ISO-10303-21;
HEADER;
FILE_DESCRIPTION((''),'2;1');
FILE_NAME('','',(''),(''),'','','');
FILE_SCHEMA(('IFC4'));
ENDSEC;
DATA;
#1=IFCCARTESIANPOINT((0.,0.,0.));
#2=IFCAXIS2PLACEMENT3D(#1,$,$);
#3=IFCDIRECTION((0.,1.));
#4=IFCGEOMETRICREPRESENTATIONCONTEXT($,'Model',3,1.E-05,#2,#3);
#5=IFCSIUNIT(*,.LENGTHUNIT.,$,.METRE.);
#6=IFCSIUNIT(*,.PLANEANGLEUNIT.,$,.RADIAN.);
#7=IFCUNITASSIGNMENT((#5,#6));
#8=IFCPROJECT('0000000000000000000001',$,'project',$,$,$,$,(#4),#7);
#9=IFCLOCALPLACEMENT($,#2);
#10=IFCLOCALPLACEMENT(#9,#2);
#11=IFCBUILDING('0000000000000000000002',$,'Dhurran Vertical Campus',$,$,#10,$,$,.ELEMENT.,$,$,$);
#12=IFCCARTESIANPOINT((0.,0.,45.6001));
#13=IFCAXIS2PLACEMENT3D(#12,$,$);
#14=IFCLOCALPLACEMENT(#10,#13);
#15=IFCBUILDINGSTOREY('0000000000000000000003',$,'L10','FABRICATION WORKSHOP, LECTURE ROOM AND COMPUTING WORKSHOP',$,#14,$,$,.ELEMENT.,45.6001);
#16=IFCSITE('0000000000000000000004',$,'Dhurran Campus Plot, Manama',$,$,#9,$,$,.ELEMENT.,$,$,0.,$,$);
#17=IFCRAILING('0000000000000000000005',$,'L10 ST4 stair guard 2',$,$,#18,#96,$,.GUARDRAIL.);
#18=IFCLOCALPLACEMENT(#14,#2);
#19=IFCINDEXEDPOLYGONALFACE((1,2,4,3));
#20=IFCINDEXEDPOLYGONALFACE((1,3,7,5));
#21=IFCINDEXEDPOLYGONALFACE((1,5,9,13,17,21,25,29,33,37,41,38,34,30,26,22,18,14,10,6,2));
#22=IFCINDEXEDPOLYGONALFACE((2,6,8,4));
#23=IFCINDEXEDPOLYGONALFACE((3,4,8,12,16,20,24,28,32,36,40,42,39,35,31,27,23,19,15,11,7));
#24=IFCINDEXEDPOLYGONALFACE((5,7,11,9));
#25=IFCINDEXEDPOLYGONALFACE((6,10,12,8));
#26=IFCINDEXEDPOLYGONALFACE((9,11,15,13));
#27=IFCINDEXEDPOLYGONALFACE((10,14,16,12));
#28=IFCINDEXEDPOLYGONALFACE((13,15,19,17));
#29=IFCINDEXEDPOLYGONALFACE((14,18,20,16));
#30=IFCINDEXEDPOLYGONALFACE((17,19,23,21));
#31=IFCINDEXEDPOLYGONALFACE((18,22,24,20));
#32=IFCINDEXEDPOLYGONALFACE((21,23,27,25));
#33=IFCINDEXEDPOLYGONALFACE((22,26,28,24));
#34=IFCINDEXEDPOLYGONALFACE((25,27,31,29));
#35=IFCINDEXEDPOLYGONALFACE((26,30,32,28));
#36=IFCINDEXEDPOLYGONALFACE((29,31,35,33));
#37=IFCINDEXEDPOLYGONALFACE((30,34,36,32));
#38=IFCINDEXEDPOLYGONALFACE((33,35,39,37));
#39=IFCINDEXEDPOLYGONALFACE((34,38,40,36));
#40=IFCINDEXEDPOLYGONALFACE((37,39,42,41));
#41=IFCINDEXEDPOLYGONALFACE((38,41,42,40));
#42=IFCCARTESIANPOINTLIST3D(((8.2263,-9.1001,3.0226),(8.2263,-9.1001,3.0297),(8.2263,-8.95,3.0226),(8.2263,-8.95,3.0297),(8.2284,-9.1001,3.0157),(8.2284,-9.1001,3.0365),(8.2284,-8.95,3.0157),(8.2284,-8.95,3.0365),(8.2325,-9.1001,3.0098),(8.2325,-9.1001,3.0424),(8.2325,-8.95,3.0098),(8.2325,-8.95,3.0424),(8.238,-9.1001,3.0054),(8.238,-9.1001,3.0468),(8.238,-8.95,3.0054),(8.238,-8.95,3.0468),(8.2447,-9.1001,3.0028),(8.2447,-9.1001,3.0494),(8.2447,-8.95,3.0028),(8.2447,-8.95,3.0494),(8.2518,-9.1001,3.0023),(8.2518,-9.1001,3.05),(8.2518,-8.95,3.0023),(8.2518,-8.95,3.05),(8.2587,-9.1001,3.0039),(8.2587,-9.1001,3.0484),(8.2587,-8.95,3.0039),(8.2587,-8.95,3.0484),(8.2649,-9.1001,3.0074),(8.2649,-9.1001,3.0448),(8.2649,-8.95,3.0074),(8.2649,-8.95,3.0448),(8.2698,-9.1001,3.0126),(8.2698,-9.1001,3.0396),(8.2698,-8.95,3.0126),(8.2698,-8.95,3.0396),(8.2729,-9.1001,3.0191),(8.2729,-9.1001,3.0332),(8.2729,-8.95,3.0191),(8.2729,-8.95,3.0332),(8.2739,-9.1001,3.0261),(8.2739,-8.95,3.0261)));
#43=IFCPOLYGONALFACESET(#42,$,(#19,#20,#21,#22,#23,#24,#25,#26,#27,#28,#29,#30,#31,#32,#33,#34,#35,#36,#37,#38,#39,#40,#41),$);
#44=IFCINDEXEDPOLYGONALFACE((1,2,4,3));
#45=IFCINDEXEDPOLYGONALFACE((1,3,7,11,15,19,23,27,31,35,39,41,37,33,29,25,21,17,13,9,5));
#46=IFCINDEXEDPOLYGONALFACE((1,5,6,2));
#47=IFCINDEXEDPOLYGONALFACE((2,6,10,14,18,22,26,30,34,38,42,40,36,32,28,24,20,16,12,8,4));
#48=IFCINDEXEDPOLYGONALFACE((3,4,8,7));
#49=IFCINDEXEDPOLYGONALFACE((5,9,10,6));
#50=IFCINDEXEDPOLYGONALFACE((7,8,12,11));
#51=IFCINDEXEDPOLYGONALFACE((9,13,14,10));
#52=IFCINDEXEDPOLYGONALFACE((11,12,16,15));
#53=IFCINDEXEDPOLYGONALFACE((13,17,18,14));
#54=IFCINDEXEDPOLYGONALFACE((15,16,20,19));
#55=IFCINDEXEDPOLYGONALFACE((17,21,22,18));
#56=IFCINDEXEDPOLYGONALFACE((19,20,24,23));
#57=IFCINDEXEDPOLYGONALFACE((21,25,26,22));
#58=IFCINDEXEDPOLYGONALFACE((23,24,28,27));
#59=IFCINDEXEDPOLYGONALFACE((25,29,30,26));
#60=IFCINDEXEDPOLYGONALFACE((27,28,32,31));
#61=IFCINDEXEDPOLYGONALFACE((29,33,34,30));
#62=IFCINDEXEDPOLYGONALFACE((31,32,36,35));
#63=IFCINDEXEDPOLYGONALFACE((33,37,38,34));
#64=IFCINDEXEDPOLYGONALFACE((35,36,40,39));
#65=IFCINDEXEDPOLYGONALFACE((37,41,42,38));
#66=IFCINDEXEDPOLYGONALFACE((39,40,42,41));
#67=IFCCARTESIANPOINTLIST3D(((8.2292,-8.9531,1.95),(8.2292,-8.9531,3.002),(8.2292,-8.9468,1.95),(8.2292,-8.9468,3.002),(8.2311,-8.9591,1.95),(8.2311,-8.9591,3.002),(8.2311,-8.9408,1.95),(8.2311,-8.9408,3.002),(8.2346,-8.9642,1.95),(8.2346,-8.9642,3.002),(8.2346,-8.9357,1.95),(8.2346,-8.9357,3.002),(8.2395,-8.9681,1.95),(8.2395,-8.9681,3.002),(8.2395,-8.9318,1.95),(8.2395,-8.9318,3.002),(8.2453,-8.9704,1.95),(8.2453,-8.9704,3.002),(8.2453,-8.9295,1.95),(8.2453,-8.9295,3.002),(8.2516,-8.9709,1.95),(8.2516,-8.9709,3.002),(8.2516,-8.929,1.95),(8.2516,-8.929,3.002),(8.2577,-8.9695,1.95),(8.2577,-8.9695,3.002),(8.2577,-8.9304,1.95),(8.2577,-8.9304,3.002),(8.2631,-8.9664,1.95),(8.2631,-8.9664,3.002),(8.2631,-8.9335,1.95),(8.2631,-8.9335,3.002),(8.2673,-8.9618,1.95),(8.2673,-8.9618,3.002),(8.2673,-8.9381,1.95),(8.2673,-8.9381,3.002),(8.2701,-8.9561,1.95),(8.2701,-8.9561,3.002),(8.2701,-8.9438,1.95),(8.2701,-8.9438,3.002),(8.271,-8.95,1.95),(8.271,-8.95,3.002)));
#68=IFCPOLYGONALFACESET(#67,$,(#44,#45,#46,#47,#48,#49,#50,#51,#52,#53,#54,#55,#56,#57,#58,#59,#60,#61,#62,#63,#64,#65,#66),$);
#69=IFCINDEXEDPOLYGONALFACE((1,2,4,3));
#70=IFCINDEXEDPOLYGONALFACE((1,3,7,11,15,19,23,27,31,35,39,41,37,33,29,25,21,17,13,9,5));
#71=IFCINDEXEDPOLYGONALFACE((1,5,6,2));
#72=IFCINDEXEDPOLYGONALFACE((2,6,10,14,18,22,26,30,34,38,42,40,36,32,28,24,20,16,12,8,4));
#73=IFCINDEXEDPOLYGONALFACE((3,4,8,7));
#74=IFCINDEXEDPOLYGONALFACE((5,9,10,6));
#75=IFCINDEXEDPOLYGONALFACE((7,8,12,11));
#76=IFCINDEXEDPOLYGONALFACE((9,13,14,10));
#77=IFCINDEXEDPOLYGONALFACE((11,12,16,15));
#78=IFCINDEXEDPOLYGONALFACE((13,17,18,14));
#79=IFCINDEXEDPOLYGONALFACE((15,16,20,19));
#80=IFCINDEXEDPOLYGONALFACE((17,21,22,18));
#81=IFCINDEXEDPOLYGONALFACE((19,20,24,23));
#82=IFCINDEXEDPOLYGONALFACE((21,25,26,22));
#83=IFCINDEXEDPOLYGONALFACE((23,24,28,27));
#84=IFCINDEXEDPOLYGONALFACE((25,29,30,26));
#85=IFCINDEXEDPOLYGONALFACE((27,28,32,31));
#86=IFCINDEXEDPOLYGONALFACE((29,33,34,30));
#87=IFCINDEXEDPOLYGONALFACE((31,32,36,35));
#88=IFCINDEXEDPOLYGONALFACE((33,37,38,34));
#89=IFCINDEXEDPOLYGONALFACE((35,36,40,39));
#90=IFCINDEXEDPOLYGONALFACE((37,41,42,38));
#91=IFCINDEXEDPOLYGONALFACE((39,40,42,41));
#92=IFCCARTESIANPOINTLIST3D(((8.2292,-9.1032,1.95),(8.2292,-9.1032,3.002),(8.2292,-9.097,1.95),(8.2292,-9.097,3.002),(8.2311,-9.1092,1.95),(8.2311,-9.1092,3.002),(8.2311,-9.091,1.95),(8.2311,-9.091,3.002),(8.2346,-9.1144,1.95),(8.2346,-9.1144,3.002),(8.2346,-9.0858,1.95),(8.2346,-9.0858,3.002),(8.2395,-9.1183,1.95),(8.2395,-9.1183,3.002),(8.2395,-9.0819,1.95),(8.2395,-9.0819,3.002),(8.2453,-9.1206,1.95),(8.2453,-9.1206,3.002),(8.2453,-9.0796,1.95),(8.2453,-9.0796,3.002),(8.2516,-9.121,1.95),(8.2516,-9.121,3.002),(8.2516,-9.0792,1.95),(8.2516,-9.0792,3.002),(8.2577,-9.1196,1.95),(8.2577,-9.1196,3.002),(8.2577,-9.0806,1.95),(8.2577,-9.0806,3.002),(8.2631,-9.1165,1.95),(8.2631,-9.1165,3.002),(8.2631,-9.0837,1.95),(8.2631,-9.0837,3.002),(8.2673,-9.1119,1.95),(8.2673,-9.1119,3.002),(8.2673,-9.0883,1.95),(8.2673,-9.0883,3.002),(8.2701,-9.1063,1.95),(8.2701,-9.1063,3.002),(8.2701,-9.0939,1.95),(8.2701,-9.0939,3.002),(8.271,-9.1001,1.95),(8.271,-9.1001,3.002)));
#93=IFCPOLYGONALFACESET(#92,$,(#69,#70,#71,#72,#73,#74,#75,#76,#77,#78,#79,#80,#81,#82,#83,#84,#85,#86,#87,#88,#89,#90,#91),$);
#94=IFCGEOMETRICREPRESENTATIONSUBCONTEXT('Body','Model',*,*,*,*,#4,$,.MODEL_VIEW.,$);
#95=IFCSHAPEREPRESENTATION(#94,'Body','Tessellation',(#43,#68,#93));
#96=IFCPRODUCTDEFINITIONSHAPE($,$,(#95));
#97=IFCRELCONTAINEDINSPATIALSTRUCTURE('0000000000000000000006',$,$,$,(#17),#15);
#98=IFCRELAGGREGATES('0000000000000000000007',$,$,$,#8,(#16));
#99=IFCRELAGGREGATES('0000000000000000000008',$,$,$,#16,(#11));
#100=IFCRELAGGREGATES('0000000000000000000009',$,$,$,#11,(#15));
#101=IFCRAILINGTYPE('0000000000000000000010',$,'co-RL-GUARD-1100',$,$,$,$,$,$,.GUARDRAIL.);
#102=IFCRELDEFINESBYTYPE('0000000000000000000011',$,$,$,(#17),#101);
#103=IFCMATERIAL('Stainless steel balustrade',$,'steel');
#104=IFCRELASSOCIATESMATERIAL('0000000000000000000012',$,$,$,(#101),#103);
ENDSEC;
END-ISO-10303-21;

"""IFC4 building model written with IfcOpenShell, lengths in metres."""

from ifc_helpers import new_model, si_unit, direction, frame, origin, origin_2d, place, context, subcontext, project, spatial, circle, extrude, material, type_object, element, save


model = new_model("IFC4")

# Units and contexts
model_context = context("Model", 3, precision=1e-05, world=origin(), true_north=direction((0.0, 1.0)))
body_context = subcontext(model_context, "Body", "Model", "MODEL_VIEW")
ifc_project = project(units=[si_unit("LENGTHUNIT", "METRE"), si_unit("PLANEANGLEUNIT", "RADIAN")], contexts=[model_context])

# Site, building, storey
site_placement = place(None, origin())
site = spatial("IfcSite", under=ifc_project, at=site_placement, Name="Dhurran Campus Plot, Manama", CompositionType="ELEMENT", RefElevation=0.0)
building_placement = place(site_placement, origin())
building = spatial("IfcBuilding", under=site, at=building_placement, Name="Dhurran Vertical Campus", CompositionType="ELEMENT")
storey_placement = place(building_placement, frame((0.0, 0.0, 45.6001)))
storey = spatial("IfcBuildingStorey", under=building, at=storey_placement, Name="L10", Description="FABRICATION WORKSHOP, LECTURE ROOM AND COMPUTING WORKSHOP", CompositionType="ELEMENT", Elevation=45.6001)

# Railing
ifc_material_1 = material(Name="Stainless steel balustrade", Category="steel")
railing_type_1 = type_object("IfcRailingType", Name="co-RL-GUARD-1100", PredefinedType="GUARDRAIL", material=ifc_material_1)
railing_1_placement = place(storey_placement, frame((8.25, -8.95, 1.95)))
element("IfcRailing", 1, at=railing_1_placement, inside=storey, type_object=railing_type_1, Name="L10 ST4 stair guard 2", PredefinedType="GUARDRAIL", context=body_context, shape_type="SweptSolid", body=[
    extrude(circle(Radius=0.0239, at=origin_2d()), frame((0.0, 0.0, 1.0762), z_axis=(0.0, -1.0, 0.0), x_axis=(1.0, 0.0, 0.0)), (0.0, 0.0, 1.0), 0.1501),
    extrude(circle(Radius=0.021, at=origin_2d()), origin(), (0.0, 0.0, 1.0), 1.052),
    extrude(circle(Radius=0.021, at=origin_2d()), frame((0.0, -0.1501, 0.0)), (0.0, 0.0, 1.0), 1.052),
])

save(model, "model.ifc")
